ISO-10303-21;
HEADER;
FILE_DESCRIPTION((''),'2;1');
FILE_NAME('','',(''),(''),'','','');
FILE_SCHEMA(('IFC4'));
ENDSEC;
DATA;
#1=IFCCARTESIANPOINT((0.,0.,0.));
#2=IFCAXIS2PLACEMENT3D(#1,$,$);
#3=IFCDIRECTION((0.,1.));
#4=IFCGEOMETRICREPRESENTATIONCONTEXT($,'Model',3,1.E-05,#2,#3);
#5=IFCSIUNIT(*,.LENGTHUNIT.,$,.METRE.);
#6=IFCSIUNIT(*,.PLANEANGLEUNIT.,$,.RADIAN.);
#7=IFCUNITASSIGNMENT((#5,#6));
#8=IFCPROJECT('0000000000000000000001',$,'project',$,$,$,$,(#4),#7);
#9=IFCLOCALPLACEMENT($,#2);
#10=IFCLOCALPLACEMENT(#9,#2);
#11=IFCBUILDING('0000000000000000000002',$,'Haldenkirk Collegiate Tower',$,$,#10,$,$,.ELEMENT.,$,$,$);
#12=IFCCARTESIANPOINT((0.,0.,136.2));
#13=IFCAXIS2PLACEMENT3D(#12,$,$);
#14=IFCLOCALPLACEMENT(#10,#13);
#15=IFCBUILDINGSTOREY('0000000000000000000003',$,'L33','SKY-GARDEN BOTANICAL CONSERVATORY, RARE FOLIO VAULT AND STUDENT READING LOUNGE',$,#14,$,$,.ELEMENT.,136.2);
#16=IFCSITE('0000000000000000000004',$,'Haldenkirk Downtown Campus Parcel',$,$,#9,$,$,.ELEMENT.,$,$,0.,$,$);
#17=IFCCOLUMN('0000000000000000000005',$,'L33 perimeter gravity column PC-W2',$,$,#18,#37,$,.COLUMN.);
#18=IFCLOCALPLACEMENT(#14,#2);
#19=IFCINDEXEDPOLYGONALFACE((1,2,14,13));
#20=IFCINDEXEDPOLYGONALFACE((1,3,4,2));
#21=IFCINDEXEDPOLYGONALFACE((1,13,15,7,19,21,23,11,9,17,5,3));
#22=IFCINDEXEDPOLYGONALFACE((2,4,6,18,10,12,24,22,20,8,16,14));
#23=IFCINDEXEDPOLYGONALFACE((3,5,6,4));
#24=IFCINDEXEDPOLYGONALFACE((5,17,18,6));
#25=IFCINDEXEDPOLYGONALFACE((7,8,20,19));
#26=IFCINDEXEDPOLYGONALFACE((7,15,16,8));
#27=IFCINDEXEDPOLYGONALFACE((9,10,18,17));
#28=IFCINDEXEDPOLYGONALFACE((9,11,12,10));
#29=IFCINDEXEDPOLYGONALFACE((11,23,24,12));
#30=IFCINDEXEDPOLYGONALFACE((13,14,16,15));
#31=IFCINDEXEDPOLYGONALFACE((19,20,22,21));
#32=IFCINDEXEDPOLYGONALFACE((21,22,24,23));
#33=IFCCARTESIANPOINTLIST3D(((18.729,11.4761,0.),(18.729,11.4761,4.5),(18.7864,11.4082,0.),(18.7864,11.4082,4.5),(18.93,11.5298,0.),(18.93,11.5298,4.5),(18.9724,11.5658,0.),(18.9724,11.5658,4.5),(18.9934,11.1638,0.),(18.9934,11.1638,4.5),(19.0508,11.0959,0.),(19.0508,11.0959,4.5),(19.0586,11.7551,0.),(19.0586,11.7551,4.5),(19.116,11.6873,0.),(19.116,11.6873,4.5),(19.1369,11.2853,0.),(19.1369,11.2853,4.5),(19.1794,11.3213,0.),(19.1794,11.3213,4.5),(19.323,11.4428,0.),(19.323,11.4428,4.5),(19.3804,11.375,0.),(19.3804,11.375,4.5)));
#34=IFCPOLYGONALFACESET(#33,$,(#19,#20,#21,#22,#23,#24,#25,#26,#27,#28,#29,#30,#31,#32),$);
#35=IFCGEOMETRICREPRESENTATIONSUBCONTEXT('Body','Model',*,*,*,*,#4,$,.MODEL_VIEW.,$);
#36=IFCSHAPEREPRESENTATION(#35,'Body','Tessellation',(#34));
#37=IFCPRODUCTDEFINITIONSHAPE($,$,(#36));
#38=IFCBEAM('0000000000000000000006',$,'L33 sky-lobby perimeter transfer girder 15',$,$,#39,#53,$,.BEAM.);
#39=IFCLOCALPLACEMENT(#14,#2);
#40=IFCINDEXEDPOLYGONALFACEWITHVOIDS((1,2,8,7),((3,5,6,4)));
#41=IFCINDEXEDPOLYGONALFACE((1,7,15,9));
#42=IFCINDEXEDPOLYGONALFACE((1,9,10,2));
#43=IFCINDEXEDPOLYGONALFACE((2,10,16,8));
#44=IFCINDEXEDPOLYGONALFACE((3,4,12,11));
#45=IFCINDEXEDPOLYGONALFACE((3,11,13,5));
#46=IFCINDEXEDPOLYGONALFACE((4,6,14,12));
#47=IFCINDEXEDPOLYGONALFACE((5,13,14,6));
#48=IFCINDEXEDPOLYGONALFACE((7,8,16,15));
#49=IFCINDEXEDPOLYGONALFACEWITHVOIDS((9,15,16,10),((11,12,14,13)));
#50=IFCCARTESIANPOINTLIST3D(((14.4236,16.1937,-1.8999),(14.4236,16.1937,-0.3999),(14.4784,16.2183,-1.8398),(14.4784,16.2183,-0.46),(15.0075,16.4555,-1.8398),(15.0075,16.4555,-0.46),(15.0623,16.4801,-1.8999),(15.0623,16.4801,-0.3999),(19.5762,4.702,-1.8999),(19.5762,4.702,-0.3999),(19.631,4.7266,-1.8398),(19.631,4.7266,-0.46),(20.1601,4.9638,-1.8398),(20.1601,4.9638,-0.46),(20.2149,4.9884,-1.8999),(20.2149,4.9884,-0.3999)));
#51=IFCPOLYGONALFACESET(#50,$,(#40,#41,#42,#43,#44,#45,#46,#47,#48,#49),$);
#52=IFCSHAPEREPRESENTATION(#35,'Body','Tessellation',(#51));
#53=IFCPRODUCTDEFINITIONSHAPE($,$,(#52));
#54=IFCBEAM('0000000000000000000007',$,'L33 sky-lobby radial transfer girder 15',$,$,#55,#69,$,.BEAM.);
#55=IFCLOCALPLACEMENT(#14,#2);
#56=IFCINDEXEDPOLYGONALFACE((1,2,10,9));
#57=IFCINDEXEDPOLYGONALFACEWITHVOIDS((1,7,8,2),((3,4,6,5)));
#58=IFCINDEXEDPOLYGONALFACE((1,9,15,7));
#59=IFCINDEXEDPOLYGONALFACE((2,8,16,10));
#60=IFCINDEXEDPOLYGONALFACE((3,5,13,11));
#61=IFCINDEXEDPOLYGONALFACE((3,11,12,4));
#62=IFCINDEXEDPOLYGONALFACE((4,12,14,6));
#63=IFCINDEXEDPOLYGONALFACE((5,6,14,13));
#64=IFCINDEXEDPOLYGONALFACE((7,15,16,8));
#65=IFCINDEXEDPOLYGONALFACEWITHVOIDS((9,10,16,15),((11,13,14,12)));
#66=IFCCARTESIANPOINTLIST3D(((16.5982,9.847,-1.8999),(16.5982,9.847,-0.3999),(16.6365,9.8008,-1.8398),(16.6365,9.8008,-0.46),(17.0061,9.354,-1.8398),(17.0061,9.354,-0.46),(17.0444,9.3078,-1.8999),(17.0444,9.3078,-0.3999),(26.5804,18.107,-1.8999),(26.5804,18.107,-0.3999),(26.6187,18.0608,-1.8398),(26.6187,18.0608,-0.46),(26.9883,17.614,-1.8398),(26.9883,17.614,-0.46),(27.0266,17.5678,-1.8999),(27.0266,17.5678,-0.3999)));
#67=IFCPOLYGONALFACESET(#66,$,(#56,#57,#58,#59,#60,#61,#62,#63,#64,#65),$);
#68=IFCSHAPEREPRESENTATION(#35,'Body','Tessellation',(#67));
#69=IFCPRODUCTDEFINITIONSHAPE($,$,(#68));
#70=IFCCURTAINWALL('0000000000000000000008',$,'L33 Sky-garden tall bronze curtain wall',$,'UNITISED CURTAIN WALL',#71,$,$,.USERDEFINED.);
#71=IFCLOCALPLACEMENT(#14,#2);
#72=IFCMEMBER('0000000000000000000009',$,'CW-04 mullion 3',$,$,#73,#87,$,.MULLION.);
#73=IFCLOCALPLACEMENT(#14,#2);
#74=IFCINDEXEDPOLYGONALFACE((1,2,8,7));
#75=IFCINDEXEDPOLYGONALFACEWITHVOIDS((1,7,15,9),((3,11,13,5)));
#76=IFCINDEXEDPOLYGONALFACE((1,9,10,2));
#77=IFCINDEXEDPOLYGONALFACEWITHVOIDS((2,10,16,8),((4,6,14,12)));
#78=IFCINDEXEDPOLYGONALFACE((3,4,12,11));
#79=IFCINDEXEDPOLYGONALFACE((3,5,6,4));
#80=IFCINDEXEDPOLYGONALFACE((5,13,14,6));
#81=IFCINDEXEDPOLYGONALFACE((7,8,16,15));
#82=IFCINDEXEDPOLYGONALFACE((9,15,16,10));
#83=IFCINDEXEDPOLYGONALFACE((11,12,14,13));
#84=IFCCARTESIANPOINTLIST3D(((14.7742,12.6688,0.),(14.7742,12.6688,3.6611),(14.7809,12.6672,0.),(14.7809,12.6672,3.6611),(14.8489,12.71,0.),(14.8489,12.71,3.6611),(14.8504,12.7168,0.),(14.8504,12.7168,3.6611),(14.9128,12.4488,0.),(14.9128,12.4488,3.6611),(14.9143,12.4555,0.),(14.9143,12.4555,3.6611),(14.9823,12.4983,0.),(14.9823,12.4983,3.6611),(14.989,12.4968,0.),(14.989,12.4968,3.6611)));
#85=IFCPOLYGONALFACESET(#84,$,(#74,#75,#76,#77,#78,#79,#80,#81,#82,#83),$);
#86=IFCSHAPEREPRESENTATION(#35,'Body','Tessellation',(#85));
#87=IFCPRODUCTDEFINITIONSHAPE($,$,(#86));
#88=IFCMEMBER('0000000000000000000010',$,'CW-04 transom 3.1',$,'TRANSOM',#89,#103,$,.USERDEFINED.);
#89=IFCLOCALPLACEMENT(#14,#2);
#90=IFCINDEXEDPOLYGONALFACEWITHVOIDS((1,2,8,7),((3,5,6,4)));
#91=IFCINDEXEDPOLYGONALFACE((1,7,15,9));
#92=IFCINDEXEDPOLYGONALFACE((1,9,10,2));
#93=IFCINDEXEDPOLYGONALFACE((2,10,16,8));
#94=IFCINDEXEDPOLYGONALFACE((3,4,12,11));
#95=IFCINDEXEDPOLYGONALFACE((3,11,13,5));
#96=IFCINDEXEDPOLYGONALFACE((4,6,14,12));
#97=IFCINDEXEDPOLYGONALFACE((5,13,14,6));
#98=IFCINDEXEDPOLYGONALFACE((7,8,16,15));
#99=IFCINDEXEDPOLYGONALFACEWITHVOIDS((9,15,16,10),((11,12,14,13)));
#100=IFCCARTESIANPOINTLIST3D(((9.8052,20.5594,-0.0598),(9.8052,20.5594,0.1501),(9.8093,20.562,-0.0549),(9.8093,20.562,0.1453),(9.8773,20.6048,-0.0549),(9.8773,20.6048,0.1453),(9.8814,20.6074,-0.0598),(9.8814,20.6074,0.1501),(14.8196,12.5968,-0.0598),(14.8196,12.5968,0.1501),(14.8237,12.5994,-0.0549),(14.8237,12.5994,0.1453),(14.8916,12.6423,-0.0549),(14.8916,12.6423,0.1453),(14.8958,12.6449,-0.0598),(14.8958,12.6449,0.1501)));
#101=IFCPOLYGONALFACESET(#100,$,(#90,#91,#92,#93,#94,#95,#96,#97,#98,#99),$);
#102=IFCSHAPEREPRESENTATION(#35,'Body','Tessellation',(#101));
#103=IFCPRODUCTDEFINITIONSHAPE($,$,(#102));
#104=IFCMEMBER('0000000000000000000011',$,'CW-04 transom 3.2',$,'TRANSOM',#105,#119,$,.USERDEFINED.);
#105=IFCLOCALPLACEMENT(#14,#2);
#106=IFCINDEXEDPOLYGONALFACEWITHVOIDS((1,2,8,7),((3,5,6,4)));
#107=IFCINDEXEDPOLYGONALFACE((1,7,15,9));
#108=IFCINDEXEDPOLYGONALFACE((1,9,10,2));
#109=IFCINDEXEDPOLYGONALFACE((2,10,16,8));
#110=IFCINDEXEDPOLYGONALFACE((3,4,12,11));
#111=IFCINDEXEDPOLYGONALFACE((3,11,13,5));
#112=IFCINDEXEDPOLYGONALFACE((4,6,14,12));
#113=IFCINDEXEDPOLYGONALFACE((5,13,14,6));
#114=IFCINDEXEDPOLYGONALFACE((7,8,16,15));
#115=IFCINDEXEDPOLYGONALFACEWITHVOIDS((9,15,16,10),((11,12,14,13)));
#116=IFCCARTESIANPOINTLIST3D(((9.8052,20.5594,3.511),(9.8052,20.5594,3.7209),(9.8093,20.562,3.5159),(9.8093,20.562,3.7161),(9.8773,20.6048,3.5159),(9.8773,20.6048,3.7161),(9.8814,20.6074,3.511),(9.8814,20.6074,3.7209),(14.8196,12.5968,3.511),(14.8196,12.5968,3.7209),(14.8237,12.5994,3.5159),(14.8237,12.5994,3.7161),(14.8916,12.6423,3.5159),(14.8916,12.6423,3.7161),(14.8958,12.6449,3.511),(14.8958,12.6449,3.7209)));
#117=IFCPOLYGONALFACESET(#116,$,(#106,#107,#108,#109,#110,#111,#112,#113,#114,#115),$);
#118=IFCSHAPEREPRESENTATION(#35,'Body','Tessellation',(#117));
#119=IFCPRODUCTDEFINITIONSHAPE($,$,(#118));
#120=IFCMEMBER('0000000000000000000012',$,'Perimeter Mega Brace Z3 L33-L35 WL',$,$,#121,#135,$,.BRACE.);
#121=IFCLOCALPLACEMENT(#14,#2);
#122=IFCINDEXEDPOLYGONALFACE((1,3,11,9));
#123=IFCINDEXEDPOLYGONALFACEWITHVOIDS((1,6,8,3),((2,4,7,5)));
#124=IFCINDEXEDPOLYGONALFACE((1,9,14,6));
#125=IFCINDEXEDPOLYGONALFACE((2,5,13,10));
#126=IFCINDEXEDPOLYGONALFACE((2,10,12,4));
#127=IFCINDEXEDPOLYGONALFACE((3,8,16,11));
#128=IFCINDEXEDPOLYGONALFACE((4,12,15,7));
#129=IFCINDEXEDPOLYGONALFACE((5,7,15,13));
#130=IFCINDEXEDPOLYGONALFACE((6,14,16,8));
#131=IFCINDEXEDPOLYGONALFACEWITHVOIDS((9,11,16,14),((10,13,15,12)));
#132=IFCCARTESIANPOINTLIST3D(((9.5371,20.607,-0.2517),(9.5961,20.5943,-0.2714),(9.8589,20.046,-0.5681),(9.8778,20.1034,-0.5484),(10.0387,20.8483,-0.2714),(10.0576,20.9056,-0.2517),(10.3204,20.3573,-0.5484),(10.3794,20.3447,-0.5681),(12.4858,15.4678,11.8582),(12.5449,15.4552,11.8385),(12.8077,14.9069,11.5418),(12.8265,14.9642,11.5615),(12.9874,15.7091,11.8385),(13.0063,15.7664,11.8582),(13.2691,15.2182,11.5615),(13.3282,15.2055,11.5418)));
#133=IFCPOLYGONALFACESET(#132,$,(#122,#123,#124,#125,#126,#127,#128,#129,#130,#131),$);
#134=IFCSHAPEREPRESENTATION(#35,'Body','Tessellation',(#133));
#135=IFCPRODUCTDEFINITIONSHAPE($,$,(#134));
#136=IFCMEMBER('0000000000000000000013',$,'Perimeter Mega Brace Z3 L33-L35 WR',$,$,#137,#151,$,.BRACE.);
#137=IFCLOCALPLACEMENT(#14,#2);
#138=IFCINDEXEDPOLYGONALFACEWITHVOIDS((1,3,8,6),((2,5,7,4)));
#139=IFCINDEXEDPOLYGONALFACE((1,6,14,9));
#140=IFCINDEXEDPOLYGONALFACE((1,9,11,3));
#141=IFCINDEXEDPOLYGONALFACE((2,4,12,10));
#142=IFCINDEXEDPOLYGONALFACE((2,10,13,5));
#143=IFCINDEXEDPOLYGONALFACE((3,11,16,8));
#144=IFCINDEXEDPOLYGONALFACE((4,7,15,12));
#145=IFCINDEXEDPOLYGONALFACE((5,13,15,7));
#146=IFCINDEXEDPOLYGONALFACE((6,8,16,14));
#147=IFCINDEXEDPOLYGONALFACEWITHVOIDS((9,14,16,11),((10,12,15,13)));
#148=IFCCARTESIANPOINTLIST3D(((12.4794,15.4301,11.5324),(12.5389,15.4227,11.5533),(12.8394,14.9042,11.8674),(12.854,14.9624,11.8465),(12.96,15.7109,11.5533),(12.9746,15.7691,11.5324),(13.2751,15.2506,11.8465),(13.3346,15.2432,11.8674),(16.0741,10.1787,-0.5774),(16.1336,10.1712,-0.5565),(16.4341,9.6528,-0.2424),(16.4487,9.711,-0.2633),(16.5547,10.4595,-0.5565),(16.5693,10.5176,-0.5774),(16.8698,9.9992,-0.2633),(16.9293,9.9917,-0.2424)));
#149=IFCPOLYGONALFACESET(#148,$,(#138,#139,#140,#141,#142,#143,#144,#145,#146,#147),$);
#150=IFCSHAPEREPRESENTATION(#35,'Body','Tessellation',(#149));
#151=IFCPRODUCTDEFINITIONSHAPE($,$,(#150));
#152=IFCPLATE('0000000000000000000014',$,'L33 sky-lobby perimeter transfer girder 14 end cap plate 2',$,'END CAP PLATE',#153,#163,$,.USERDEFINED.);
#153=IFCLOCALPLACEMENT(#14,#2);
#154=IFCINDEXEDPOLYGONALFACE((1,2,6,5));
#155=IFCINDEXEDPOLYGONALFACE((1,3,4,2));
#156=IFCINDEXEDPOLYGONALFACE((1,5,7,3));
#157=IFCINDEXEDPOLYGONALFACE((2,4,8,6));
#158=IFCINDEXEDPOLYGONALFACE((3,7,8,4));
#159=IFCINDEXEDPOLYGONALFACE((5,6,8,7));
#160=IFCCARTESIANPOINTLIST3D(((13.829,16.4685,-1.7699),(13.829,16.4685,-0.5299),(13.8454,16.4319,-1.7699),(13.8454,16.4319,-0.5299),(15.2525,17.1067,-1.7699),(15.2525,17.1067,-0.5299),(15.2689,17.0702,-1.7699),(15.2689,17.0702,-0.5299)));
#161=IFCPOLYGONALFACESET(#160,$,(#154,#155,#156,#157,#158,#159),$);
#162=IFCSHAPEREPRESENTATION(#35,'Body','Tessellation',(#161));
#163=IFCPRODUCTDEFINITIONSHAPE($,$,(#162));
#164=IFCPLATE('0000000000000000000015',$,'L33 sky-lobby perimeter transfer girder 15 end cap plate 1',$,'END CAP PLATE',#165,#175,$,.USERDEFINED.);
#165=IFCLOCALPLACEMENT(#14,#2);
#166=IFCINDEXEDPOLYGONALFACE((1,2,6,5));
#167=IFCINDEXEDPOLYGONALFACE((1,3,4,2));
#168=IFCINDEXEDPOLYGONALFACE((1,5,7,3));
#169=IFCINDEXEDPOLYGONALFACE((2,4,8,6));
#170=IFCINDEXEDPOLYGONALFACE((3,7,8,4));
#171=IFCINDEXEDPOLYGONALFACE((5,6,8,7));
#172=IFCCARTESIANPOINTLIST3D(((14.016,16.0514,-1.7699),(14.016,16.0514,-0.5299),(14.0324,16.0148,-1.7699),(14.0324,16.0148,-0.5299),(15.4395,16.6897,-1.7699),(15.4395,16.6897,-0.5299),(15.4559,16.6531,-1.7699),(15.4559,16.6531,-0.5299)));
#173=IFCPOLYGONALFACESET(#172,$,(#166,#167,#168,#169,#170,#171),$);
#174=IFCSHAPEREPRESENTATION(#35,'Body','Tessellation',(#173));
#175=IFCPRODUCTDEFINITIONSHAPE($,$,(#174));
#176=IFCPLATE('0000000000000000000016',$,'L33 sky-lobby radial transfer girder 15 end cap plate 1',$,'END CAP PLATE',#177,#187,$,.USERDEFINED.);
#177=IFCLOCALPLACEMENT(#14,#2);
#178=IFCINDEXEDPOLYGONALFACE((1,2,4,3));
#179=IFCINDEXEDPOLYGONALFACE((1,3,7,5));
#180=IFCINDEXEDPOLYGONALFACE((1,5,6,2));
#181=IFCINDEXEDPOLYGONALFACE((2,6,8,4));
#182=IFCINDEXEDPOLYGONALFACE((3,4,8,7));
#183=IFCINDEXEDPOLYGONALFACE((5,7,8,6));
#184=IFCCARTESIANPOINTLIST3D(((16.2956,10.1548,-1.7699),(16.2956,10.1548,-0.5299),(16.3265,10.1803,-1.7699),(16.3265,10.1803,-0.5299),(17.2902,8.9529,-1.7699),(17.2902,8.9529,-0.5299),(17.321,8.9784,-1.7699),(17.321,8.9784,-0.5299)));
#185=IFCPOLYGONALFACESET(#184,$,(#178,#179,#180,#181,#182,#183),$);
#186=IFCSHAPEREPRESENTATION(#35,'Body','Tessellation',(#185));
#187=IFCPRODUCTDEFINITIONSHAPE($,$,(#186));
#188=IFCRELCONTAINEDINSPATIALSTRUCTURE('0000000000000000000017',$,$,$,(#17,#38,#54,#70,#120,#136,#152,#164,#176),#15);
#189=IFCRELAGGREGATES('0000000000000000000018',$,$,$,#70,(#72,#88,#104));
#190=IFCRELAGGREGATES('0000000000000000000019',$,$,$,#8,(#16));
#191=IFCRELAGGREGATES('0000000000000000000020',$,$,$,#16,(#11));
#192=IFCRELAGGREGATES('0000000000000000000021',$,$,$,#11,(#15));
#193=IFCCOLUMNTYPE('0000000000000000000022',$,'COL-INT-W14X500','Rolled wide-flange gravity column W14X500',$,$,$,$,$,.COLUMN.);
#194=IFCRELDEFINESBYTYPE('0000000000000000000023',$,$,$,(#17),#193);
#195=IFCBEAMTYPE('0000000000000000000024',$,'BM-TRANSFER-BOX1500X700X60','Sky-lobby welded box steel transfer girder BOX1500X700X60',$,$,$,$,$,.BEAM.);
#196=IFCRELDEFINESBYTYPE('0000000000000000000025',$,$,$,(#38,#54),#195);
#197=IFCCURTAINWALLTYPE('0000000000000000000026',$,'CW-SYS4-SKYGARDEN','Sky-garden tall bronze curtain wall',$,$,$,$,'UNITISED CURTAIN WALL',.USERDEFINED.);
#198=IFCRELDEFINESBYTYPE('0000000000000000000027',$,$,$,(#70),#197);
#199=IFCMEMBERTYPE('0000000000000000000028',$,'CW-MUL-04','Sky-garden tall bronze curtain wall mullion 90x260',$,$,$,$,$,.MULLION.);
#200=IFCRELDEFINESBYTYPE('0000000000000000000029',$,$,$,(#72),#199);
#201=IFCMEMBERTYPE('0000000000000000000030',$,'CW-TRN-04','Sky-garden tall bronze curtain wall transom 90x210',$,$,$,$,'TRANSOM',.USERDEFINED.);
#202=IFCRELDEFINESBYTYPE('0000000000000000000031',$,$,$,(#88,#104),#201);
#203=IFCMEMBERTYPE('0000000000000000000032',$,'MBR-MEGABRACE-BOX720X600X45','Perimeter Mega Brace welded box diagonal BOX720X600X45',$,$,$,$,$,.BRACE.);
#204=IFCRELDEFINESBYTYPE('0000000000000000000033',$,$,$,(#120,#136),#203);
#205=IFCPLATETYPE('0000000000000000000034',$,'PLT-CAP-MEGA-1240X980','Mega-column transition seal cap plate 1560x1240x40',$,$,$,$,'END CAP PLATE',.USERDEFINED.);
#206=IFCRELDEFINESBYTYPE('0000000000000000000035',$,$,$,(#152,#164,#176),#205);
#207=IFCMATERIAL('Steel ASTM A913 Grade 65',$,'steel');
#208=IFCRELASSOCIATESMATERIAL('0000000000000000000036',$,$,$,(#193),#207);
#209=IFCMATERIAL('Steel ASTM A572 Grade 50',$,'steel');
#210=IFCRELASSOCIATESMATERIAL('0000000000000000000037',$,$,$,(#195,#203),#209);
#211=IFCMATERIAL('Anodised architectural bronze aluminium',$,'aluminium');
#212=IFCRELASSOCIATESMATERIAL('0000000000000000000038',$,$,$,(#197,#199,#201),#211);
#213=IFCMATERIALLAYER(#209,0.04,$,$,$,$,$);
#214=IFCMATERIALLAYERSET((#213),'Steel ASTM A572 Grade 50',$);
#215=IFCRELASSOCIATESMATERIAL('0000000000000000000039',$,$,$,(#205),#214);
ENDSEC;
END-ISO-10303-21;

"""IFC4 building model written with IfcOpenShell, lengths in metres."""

from ifc_helpers import new_model, si_unit, direction, frame, origin, origin_2d, place, context, subcontext, project, spatial, rectangle, hollow_rectangle, i_section, extrude, source, transform, mapped, material, layer, layer_set, material_profile, profile_set, type_object, element, aggregate, save


model = new_model("IFC4")

# Units and contexts
model_context = context("Model", 3, precision=1e-05, world=origin(), true_north=direction((0.0, 1.0)))
body_context = subcontext(model_context, "Body", "Model", "MODEL_VIEW")
ifc_project = project(units=[si_unit("LENGTHUNIT", "METRE"), si_unit("PLANEANGLEUNIT", "RADIAN")], contexts=[model_context])

# Site, building, storey
site_placement = place(None, origin())
site = spatial("IfcSite", under=ifc_project, at=site_placement, Name="Haldenkirk Downtown Campus Parcel", CompositionType="ELEMENT", RefElevation=0.0)
building_placement = place(site_placement, origin())
building = spatial("IfcBuilding", under=site, at=building_placement, Name="Haldenkirk Collegiate Tower", CompositionType="ELEMENT")
storey_placement = place(building_placement, frame((0.0, 0.0, 136.2)))
storey = spatial("IfcBuildingStorey", under=building, at=storey_placement, Name="L33", Description="SKY-GARDEN BOTANICAL CONSERVATORY, RARE FOLIO VAULT AND STUDENT READING LOUNGE", CompositionType="ELEMENT", Elevation=136.2)

# Column
ifc_material_1 = material(Name="Steel ASTM A913 Grade 65", Category="steel")
ifc_material_profile_1 = material_profile(ifc_material_1, i_section(OverallWidth=0.4319, OverallDepth=0.498, WebThickness=0.0557, FlangeThickness=0.0889, at=origin_2d()), Name="W14X500")
ifc_profile_set_1 = profile_set([ifc_material_profile_1], Name="Steel ASTM A913 Grade 65")
column_type = type_object("IfcColumnType", Name="COL-INT-W14X500", Description="Rolled wide-flange gravity column W14X500", PredefinedType="COLUMN", material=ifc_profile_set_1)
column_placement = place(storey_placement, frame((19.0547, 11.4255, 0.0), z_axis=(0.0, 0.0, 1.0), x_axis=(0.763232, 0.646124, 0.0)))
element("IfcColumn", 1, at=column_placement, inside=storey, type_object=column_type, Name="L33 perimeter gravity column PC-W2", PredefinedType="COLUMN", context=body_context, shape_type="SweptSolid", body=[
    extrude(i_section(OverallWidth=0.4319, OverallDepth=0.498, WebThickness=0.0557, FlangeThickness=0.0889, at=origin_2d()), origin(), (0.0, 0.0, 1.0), 4.5),
])

# Beams
ifc_material_2 = material(Name="Steel ASTM A572 Grade 50", Category="steel")
ifc_material_profile_2 = material_profile(ifc_material_2, hollow_rectangle(XDim=0.7, YDim=1.5, WallThickness=0.0601, at=origin_2d()), Name="BOX1500X700X60")
ifc_profile_set_2 = profile_set([ifc_material_profile_2], Name="Steel ASTM A572 Grade 50")
beam_type = type_object("IfcBeamType", Name="BM-TRANSFER-BOX1500X700X60", Description="Sky-lobby welded box steel transfer girder BOX1500X700X60", PredefinedType="BEAM", material=ifc_profile_set_2)
beam_1_placement = place(storey_placement, frame((14.7429, 16.3369, -1.1499), z_axis=(0.409131, -0.912476, 0.0), x_axis=(0.912476, 0.409131, 0.0)))
element("IfcBeam", 2, at=beam_1_placement, inside=storey, type_object=beam_type, Name="L33 sky-lobby perimeter transfer girder 15", PredefinedType="BEAM", context=body_context, shape_type="SweptSolid", body=[
    extrude(hollow_rectangle(XDim=0.7, YDim=1.5, WallThickness=0.0601, at=origin_2d()), origin(), (0.0, 0.0, 1.0), 12.594),
])
beam_2_placement = place(storey_placement, frame((16.8213, 9.5774, -1.1499), z_axis=(0.770436, 0.637517, 0.0), x_axis=(-0.637517, 0.770436, 0.0)))
element("IfcBeam", 3, at=beam_2_placement, inside=storey, type_object=beam_type, Name="L33 sky-lobby radial transfer girder 15", PredefinedType="BEAM", context=body_context, shape_type="SweptSolid", body=[
    extrude(hollow_rectangle(XDim=0.7, YDim=1.5, WallThickness=0.0601, at=origin_2d()), origin(), (0.0, 0.0, 1.0), 12.9565),
])

# Curtain wall, members
ifc_material_3 = material(Name="Anodised architectural bronze aluminium", Category="aluminium")
curtain_wall_type = type_object("IfcCurtainWallType", Name="CW-SYS4-SKYGARDEN", Description="Sky-garden tall bronze curtain wall", ElementType="UNITISED CURTAIN WALL", PredefinedType="USERDEFINED", material=ifc_material_3)
curtain_wall_placement = place(storey_placement, origin())
curtain_wall = element("IfcCurtainWall", 4, at=curtain_wall_placement, inside=storey, type_object=curtain_wall_type, Name="L33 Sky-garden tall bronze curtain wall", ObjectType="UNITISED CURTAIN WALL", PredefinedType="USERDEFINED")
ifc_material_profile_3 = material_profile(ifc_material_3, hollow_rectangle(XDim=0.0901, YDim=0.26, WallThickness=0.0049, at=origin_2d()), Name="CW-MUL-04")
ifc_profile_set_3 = profile_set([ifc_material_profile_3], Name="Anodised architectural bronze aluminium")
member_type_1 = type_object("IfcMemberType", Name="CW-MUL-04", Description="Sky-garden tall bronze curtain wall mullion 90x260", PredefinedType="MULLION", material=ifc_profile_set_3)
member_1_placement = place(storey_placement, frame((14.8816, 12.5828, 0.0), z_axis=(0.0, 0.0, 1.0), x_axis=(-0.846192, -0.532878, 0.0)))
member_1 = element("IfcMember", 5, at=member_1_placement, type_object=member_type_1, Name="CW-04 mullion 3", PredefinedType="MULLION", context=body_context, shape_type="SweptSolid", body=[
    extrude(hollow_rectangle(XDim=0.0901, YDim=0.26, WallThickness=0.0049, at=origin_2d()), origin(), (0.0, 0.0, 1.0), 3.6611),
])
ifc_material_profile_4 = material_profile(ifc_material_3, hollow_rectangle(XDim=0.0901, YDim=0.21, WallThickness=0.0049, at=origin_2d()), Name="CW-TRN-04")
ifc_profile_set_4 = profile_set([ifc_material_profile_4], Name="Anodised architectural bronze aluminium")
member_type_2 = type_object("IfcMemberType", Name="CW-TRN-04", Description="Sky-garden tall bronze curtain wall transom 90x210", ElementType="TRANSOM", PredefinedType="USERDEFINED", material=ifc_profile_set_4)
member_2_placement = place(storey_placement, frame((14.8577, 12.6208, 0.0452), z_axis=(-0.532881, 0.84619, 0.0), x_axis=(-0.84619, -0.532881, 0.0)))
member_2 = element("IfcMember", 6, at=member_2_placement, type_object=member_type_2, Name="CW-04 transom 3.1", ObjectType="TRANSOM", PredefinedType="USERDEFINED", context=body_context, shape_type="SweptSolid", body=[
    extrude(hollow_rectangle(XDim=0.0901, YDim=0.21, WallThickness=0.0049, at=origin_2d()), origin(), (0.0, 0.0, 1.0), 9.4099),
])
member_3_placement = place(storey_placement, frame((14.8577, 12.6208, 3.616), z_axis=(-0.532881, 0.84619, 0.0), x_axis=(-0.84619, -0.532881, 0.0)))
member_3 = element("IfcMember", 7, at=member_3_placement, type_object=member_type_2, Name="CW-04 transom 3.2", ObjectType="TRANSOM", PredefinedType="USERDEFINED", context=body_context, shape_type="SweptSolid", body=[
    extrude(hollow_rectangle(XDim=0.0901, YDim=0.21, WallThickness=0.0049, at=origin_2d()), origin(), (0.0, 0.0, 1.0), 9.4099),
])

# Members
ifc_material_profile_5 = material_profile(ifc_material_2, hollow_rectangle(XDim=0.6001, YDim=0.72, WallThickness=0.0449, at=origin_2d()), Name="BOX720X600X45")
ifc_profile_set_5 = profile_set([ifc_material_profile_5], Name="Steel ASTM A572 Grade 50")
member_type_3 = type_object("IfcMemberType", Name="MBR-MEGABRACE-BOX720X600X45", Description="Perimeter Mega Brace welded box diagonal BOX720X600X45", PredefinedType="BRACE", material=ifc_profile_set_5)
member_4_placement = place(storey_placement, frame((9.9583, 20.4758, -0.4099), z_axis=(0.218722, -0.381197, 0.898248), x_axis=(0.867364, 0.497674, 0.0)))
element("IfcMember", 8, at=member_4_placement, inside=storey, type_object=member_type_3, Name="Perimeter Mega Brace Z3 L33-L35 WL", PredefinedType="BRACE", context=body_context, shape_type="SweptSolid", body=[
    extrude(hollow_rectangle(XDim=0.6001, YDim=0.72, WallThickness=0.0449, at=origin_2d()), origin(), (0.0, 0.0, 1.0), 13.4817),
])
member_5_placement = place(storey_placement, frame((16.5017, 10.0852, -0.4099), z_axis=(-0.262768, 0.383873, 0.885209), x_axis=(-0.825189, -0.564857, 0.0)))
element("IfcMember", 9, at=member_5_placement, inside=storey, type_object=member_type_3, Name="Perimeter Mega Brace Z3 L33-L35 WR", PredefinedType="BRACE", context=body_context, shape_type="SweptSolid", body=[
    extrude(hollow_rectangle(XDim=0.6001, YDim=0.72, WallThickness=0.0449, at=origin_2d()), origin(), (0.0, 0.0, 1.0), 13.6802),
])

# Plates
ifc_layer_1 = layer(ifc_material_2, 0.04)
ifc_layer_set_1 = layer_set([ifc_layer_1], Name="Steel ASTM A572 Grade 50")
plate_type_1 = type_object("IfcPlateType", Name="PLT-CAP-MEGA-1240X980", Description="Mega-column transition seal cap plate 1560x1240x40", ElementType="END CAP PLATE", PredefinedType="USERDEFINED", material=ifc_layer_set_1)
shared_shape_1 = source(origin(), body_context, "Body", "SweptSolid", [
    extrude(rectangle(XDim=1.5601, YDim=1.24, at=origin_2d()), origin(), (0.0, 0.0, 1.0), 0.04),
])
for number, where, z_axis, x_axis, name in (
    (10, (14.5408, 16.7876, -1.1499), (0.409132, -0.912475, 0.0), (0.912475, 0.409132, 0.0), "L33 sky-lobby perimeter transfer girder 14 end cap plate 2"),
    (11, (14.7441, 16.334, -1.1499), (-0.409132, 0.912475, 0.0), (-0.912475, -0.409132, 0.0), "L33 sky-lobby perimeter transfer girder 15 end cap plate 1"),
    (12, (16.8237, 9.5793, -1.1499), (-0.770438, -0.637515, 0.0), (0.637515, -0.770438, 0.0), "L33 sky-lobby radial transfer girder 15 end cap plate 1"),
):
    element("IfcPlate", number, at=place(storey_placement, frame(where, z_axis=z_axis, x_axis=x_axis)), inside=storey, type_object=plate_type_1, Name=name, ObjectType="END CAP PLATE", PredefinedType="USERDEFINED", context=body_context, shape_type="MappedRepresentation", body=[
        mapped(shared_shape_1, transform((0.0, 0.0, 0.0), x_axis=(1.0, 0.0, 0.0), y_axis=(0.0, 1.0, 0.0), z_axis=(0.0, 0.0, 1.0), scale=1.0)),
    ])

aggregate(curtain_wall, [member_1, member_2, member_3])

save(model, "model.ifc")
